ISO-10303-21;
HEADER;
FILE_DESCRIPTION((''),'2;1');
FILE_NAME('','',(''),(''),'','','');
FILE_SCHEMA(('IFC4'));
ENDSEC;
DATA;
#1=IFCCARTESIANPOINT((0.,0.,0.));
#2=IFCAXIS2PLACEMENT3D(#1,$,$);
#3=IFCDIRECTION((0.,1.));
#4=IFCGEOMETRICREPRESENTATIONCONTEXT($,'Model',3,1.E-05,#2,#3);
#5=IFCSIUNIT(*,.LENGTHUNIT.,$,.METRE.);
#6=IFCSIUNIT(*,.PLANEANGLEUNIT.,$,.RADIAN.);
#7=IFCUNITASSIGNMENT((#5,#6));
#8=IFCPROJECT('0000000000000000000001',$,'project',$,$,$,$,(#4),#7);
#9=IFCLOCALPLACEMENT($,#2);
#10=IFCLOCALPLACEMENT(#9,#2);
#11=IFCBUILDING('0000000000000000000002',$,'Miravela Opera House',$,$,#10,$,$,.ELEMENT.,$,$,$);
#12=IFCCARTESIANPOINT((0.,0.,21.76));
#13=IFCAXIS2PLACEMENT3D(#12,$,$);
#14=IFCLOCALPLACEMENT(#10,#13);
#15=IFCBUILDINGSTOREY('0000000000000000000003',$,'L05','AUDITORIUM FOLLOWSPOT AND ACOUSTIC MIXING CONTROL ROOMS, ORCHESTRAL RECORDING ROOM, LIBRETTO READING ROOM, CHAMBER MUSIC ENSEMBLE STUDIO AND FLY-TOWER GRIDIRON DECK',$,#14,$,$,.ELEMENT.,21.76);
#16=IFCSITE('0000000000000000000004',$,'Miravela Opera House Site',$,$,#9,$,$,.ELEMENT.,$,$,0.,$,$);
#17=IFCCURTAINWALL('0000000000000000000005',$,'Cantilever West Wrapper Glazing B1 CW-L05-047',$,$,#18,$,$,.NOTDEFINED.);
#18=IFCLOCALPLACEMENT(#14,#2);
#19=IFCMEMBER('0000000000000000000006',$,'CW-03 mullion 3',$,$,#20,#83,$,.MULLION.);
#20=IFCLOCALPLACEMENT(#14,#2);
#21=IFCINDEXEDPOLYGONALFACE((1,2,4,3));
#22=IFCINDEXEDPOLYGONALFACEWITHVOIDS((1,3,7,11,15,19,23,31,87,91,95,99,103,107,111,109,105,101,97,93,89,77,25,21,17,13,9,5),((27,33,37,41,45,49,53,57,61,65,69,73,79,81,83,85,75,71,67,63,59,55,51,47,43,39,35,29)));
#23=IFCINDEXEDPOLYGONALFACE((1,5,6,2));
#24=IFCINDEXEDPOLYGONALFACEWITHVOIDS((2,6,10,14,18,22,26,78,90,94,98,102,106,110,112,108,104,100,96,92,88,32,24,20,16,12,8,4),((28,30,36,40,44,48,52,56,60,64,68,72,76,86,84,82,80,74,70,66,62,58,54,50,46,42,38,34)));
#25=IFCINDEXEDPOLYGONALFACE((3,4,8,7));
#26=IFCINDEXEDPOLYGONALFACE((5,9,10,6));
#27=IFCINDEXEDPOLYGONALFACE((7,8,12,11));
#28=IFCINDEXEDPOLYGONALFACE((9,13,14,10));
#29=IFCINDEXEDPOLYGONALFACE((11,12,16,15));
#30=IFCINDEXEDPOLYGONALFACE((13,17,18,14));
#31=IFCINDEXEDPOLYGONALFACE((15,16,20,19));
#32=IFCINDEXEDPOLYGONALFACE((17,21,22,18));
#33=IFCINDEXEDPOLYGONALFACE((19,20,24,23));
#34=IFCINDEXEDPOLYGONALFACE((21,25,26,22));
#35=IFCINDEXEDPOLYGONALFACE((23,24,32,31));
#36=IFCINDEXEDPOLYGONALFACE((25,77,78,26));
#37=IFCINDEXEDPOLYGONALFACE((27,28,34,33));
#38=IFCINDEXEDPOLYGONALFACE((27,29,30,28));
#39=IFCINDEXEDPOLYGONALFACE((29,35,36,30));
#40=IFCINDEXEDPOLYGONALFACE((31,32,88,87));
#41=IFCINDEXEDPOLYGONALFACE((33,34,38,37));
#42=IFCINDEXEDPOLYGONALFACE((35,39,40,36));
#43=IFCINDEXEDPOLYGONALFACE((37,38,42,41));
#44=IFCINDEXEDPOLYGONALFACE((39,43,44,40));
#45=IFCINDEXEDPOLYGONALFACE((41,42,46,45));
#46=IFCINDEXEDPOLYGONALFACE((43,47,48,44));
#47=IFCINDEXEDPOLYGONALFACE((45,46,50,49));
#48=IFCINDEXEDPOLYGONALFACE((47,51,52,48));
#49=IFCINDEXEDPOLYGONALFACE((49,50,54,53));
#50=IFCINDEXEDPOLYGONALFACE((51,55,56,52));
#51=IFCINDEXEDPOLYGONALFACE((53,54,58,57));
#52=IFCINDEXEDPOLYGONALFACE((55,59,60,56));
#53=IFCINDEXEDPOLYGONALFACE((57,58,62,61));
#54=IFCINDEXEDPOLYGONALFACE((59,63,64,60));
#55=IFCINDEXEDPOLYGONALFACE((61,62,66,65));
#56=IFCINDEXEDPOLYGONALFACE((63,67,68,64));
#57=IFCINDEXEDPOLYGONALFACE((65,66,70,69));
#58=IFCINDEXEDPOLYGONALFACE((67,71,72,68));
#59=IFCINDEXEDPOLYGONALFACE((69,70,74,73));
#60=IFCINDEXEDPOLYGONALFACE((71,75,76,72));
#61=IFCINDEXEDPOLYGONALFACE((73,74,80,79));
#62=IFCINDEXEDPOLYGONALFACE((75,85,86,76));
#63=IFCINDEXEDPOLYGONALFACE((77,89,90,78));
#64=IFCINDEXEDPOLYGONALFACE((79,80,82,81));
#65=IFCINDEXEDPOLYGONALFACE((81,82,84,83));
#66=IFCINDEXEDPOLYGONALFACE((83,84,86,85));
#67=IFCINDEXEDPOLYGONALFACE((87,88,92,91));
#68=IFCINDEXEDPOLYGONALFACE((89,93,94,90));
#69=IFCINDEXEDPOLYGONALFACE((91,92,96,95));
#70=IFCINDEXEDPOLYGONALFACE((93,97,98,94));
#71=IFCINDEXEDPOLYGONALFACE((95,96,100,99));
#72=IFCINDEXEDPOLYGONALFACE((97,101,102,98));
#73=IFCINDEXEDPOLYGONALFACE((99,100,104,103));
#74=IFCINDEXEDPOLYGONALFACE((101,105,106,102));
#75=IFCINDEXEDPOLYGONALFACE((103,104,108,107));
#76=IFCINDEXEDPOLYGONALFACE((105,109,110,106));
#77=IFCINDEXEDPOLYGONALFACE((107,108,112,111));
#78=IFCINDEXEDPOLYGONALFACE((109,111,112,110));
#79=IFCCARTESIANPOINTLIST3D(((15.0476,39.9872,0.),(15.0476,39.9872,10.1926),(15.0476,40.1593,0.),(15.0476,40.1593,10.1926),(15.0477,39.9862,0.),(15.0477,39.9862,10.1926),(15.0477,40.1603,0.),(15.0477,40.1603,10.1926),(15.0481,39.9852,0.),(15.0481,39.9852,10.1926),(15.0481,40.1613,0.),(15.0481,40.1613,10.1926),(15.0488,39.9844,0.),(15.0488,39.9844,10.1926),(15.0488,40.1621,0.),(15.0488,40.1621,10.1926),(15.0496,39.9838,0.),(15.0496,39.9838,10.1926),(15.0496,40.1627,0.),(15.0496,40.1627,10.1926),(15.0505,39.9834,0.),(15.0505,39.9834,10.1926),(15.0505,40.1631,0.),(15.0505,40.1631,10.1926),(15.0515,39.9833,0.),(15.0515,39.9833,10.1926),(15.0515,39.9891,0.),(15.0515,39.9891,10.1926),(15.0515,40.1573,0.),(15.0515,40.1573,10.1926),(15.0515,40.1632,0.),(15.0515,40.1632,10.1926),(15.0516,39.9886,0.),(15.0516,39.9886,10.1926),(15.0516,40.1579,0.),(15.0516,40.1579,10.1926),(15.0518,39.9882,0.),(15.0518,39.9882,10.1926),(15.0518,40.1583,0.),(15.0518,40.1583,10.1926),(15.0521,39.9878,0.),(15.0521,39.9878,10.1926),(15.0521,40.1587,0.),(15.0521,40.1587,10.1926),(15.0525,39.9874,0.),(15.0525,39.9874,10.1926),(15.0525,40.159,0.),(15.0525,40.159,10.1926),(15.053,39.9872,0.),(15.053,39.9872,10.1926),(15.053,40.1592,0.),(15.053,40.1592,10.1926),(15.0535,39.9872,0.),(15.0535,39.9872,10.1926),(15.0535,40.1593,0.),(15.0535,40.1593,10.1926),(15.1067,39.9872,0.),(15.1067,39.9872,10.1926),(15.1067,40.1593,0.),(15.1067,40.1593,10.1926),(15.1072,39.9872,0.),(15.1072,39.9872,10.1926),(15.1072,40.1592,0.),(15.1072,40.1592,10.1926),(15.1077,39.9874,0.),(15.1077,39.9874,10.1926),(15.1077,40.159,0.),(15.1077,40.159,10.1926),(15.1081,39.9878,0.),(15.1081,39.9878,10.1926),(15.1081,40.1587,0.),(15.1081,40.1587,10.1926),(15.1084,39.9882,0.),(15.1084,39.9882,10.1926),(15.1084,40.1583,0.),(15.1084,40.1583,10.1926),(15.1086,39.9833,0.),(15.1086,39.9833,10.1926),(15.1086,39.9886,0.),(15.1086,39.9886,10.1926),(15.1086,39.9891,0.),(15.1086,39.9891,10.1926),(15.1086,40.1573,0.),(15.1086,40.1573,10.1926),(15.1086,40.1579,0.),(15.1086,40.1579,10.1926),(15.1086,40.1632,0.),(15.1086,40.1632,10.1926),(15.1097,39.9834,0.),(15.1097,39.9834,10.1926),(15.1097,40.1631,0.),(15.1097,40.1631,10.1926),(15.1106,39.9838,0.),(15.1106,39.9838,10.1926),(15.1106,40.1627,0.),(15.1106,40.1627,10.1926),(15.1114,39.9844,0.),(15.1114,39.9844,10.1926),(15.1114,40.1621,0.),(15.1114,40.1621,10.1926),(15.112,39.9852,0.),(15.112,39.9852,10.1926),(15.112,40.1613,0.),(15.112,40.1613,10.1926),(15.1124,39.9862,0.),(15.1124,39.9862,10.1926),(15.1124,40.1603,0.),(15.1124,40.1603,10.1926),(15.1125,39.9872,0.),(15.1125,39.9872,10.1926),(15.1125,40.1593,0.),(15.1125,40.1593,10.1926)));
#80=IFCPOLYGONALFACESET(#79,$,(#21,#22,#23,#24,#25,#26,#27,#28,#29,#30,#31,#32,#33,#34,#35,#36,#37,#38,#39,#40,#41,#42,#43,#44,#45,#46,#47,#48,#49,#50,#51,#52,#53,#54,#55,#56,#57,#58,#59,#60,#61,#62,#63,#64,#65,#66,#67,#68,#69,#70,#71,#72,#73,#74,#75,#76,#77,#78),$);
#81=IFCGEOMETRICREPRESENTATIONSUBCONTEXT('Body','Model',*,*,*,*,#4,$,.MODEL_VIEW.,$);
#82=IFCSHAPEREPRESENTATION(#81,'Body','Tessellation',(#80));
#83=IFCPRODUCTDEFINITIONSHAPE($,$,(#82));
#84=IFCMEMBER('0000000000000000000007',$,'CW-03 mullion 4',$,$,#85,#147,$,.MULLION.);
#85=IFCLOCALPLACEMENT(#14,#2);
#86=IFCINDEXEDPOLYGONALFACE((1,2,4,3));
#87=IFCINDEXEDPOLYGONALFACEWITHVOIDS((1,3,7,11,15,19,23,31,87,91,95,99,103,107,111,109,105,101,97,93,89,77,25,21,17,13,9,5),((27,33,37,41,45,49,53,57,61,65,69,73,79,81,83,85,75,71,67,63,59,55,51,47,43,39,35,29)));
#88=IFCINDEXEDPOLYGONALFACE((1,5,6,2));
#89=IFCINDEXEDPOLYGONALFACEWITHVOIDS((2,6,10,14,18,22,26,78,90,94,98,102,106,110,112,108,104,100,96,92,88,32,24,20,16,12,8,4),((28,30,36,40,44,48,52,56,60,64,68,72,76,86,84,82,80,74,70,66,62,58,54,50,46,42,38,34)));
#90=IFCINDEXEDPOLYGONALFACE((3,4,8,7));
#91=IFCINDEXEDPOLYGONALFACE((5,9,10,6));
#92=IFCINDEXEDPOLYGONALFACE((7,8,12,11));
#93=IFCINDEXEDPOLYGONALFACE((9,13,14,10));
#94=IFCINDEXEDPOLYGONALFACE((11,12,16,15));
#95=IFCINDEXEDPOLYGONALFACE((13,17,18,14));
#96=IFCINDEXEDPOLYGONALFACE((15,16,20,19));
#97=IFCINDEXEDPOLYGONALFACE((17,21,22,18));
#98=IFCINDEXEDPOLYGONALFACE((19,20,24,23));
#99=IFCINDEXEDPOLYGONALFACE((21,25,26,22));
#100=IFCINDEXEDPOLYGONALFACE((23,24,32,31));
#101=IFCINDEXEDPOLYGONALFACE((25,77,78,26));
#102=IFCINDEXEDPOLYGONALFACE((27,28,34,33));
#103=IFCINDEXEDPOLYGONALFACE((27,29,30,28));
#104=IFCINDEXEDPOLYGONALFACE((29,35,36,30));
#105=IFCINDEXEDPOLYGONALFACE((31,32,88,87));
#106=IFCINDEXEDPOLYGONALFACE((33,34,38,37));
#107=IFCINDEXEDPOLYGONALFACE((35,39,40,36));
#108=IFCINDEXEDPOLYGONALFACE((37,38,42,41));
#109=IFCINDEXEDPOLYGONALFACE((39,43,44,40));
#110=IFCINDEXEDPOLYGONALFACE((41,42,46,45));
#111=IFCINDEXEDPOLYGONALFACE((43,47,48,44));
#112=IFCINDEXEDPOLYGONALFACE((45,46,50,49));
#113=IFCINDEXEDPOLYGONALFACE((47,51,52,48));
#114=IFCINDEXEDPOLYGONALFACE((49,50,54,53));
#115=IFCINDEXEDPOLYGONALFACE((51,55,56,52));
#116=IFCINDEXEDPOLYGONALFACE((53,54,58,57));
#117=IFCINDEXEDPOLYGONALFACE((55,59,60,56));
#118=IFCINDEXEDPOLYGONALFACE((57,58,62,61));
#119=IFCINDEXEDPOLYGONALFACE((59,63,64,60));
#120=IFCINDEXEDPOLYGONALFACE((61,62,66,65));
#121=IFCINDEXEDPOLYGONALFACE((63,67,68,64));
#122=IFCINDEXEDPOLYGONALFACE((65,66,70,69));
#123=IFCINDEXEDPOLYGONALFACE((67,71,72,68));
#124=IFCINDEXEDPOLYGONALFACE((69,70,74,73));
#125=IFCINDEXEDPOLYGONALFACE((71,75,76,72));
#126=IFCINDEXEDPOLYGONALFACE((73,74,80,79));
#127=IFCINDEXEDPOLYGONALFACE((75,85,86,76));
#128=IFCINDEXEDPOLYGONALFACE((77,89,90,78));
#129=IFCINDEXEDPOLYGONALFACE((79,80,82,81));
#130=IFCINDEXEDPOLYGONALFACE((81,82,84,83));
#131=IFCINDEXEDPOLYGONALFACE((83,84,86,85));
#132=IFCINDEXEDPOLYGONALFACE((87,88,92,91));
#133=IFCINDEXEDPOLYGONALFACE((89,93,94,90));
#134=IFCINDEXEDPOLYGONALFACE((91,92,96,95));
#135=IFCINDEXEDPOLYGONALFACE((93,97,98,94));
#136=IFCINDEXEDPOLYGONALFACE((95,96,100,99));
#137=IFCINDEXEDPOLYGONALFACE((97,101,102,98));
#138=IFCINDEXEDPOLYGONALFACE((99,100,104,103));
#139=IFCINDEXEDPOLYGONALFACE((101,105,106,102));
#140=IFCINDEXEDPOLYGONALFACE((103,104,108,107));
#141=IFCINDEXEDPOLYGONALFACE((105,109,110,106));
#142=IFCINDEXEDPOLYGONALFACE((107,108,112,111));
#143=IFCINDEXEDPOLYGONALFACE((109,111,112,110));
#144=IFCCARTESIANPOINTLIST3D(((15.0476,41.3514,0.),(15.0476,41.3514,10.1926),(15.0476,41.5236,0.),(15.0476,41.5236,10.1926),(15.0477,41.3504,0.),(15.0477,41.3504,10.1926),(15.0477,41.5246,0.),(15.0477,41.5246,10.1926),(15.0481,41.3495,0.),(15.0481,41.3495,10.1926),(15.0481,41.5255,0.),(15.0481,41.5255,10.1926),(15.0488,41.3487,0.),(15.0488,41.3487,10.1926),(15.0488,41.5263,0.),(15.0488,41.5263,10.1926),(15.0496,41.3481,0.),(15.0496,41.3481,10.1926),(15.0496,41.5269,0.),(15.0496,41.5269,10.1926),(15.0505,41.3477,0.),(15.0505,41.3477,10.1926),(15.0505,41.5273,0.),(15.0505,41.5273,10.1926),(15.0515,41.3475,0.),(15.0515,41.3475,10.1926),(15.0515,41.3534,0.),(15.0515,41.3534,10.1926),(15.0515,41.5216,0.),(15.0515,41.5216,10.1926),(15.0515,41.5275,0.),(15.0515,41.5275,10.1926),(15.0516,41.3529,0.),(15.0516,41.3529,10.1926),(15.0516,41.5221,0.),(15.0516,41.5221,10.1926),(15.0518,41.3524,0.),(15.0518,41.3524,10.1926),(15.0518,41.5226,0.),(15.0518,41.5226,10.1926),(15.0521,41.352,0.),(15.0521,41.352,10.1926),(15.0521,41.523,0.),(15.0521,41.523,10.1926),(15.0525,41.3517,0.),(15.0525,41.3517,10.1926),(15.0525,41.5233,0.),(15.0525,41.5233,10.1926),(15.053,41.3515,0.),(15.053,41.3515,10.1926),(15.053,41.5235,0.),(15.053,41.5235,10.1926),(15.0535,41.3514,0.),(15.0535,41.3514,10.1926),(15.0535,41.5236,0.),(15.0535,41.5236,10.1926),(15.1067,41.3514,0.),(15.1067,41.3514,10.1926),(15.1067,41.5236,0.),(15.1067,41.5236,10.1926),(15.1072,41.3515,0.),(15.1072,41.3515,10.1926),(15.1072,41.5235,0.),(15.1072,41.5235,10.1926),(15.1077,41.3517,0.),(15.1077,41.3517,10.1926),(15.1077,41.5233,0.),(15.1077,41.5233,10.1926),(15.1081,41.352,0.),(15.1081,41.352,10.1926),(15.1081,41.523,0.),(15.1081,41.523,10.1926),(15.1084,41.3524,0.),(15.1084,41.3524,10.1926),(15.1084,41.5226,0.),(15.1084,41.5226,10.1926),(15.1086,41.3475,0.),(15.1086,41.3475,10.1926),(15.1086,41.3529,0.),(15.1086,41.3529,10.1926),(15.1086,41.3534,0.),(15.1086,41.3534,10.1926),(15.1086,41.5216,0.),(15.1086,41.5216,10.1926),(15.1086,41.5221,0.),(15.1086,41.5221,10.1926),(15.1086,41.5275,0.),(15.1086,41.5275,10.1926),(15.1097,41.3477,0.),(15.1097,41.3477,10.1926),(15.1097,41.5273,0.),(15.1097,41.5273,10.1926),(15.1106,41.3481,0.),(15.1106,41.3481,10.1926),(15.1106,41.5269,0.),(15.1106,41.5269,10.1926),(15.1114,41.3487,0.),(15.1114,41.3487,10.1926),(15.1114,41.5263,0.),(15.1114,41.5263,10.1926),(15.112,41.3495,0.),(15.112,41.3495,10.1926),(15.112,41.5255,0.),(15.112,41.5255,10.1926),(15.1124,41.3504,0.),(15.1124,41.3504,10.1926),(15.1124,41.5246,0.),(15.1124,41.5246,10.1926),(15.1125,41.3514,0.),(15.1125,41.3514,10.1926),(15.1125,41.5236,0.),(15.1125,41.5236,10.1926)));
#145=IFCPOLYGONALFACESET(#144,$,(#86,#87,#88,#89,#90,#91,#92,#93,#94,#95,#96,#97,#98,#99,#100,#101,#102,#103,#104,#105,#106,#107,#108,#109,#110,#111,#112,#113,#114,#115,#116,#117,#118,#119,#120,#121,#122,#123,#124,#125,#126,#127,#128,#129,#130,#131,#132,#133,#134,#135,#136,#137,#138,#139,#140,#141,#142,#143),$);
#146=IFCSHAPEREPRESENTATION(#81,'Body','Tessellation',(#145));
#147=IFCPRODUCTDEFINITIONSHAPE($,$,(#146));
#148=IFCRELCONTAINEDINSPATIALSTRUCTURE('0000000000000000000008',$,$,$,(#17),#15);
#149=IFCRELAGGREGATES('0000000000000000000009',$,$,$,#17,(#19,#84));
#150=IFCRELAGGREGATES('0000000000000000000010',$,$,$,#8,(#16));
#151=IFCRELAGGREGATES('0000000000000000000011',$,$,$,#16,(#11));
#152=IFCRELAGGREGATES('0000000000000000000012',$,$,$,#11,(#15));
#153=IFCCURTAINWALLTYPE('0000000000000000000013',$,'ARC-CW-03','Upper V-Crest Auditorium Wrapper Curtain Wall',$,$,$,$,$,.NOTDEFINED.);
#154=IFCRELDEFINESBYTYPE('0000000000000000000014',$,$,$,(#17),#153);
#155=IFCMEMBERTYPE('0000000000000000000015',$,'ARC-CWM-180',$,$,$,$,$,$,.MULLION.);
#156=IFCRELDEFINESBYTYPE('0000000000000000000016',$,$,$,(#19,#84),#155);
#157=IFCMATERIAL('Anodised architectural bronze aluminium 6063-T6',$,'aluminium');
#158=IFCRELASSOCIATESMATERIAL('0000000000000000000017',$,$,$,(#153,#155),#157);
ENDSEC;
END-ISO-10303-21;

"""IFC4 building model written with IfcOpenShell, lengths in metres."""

from ifc_helpers import new_model, si_unit, direction, frame, origin, origin_2d, place, context, subcontext, project, spatial, hollow_rectangle, extrude, material, material_profile, profile_set, type_object, element, aggregate, save


model = new_model("IFC4")

# Units and contexts
model_context = context("Model", 3, precision=1e-05, world=origin(), true_north=direction((0.0, 1.0)))
body_context = subcontext(model_context, "Body", "Model", "MODEL_VIEW")
ifc_project = project(units=[si_unit("LENGTHUNIT", "METRE"), si_unit("PLANEANGLEUNIT", "RADIAN")], contexts=[model_context])

# Site, building, storey
site_placement = place(None, origin())
site = spatial("IfcSite", under=ifc_project, at=site_placement, Name="Miravela Opera House Site", CompositionType="ELEMENT", RefElevation=0.0)
building_placement = place(site_placement, origin())
building = spatial("IfcBuilding", under=site, at=building_placement, Name="Miravela Opera House", CompositionType="ELEMENT")
storey_placement = place(building_placement, frame((0.0, 0.0, 21.76)))
storey = spatial("IfcBuildingStorey", under=building, at=storey_placement, Name="L05", Description="AUDITORIUM FOLLOWSPOT AND ACOUSTIC MIXING CONTROL ROOMS, ORCHESTRAL RECORDING ROOM, LIBRETTO READING ROOM, CHAMBER MUSIC ENSEMBLE STUDIO AND FLY-TOWER GRIDIRON DECK", CompositionType="ELEMENT", Elevation=21.76)

# Curtain wall, members
ifc_material_1 = material(Name="Anodised architectural bronze aluminium 6063-T6", Category="aluminium")
curtain_wall_type = type_object("IfcCurtainWallType", Name="ARC-CW-03", Description="Upper V-Crest Auditorium Wrapper Curtain Wall", PredefinedType="NOTDEFINED", material=ifc_material_1)
curtain_wall_1_placement = place(storey_placement, origin())
curtain_wall_1 = element("IfcCurtainWall", 1, at=curtain_wall_1_placement, inside=storey, type_object=curtain_wall_type, Name="Cantilever West Wrapper Glazing B1 CW-L05-047", PredefinedType="NOTDEFINED")
ifc_material_profile_1 = material_profile(ifc_material_1, hollow_rectangle(XDim=0.0649, YDim=0.1799, WallThickness=0.0039, InnerFilletRadius=0.002, OuterFilletRadius=0.0039, at=origin_2d()), Name="CWM-65X180")
ifc_profile_set_1 = profile_set([ifc_material_profile_1])
member_type_1 = type_object("IfcMemberType", Name="ARC-CWM-180", PredefinedType="MULLION", material=ifc_profile_set_1)
member_1_placement = place(storey_placement, frame((15.0801, 40.0732, 0.0), z_axis=(0.0, 0.0, 1.0), x_axis=(-1.0, 0.0, 0.0)))
member_1 = element("IfcMember", 2, at=member_1_placement, type_object=member_type_1, Name="CW-03 mullion 3", PredefinedType="MULLION", context=body_context, shape_type="SweptSolid", body=[
    extrude(hollow_rectangle(XDim=0.0649, YDim=0.1799, WallThickness=0.0039, InnerFilletRadius=0.002, OuterFilletRadius=0.0039, at=origin_2d()), origin(), (0.0, 0.0, 1.0), 10.1926),
])
member_2_placement = place(storey_placement, frame((15.0801, 41.4375, 0.0), z_axis=(0.0, 0.0, 1.0), x_axis=(-1.0, 0.0, 0.0)))
member_2 = element("IfcMember", 3, at=member_2_placement, type_object=member_type_1, Name="CW-03 mullion 4", PredefinedType="MULLION", context=body_context, shape_type="SweptSolid", body=[
    extrude(hollow_rectangle(XDim=0.0649, YDim=0.1799, WallThickness=0.0039, InnerFilletRadius=0.002, OuterFilletRadius=0.0039, at=origin_2d()), origin(), (0.0, 0.0, 1.0), 10.1926),
])

aggregate(curtain_wall_1, [member_1, member_2])

save(model, "model.ifc")
